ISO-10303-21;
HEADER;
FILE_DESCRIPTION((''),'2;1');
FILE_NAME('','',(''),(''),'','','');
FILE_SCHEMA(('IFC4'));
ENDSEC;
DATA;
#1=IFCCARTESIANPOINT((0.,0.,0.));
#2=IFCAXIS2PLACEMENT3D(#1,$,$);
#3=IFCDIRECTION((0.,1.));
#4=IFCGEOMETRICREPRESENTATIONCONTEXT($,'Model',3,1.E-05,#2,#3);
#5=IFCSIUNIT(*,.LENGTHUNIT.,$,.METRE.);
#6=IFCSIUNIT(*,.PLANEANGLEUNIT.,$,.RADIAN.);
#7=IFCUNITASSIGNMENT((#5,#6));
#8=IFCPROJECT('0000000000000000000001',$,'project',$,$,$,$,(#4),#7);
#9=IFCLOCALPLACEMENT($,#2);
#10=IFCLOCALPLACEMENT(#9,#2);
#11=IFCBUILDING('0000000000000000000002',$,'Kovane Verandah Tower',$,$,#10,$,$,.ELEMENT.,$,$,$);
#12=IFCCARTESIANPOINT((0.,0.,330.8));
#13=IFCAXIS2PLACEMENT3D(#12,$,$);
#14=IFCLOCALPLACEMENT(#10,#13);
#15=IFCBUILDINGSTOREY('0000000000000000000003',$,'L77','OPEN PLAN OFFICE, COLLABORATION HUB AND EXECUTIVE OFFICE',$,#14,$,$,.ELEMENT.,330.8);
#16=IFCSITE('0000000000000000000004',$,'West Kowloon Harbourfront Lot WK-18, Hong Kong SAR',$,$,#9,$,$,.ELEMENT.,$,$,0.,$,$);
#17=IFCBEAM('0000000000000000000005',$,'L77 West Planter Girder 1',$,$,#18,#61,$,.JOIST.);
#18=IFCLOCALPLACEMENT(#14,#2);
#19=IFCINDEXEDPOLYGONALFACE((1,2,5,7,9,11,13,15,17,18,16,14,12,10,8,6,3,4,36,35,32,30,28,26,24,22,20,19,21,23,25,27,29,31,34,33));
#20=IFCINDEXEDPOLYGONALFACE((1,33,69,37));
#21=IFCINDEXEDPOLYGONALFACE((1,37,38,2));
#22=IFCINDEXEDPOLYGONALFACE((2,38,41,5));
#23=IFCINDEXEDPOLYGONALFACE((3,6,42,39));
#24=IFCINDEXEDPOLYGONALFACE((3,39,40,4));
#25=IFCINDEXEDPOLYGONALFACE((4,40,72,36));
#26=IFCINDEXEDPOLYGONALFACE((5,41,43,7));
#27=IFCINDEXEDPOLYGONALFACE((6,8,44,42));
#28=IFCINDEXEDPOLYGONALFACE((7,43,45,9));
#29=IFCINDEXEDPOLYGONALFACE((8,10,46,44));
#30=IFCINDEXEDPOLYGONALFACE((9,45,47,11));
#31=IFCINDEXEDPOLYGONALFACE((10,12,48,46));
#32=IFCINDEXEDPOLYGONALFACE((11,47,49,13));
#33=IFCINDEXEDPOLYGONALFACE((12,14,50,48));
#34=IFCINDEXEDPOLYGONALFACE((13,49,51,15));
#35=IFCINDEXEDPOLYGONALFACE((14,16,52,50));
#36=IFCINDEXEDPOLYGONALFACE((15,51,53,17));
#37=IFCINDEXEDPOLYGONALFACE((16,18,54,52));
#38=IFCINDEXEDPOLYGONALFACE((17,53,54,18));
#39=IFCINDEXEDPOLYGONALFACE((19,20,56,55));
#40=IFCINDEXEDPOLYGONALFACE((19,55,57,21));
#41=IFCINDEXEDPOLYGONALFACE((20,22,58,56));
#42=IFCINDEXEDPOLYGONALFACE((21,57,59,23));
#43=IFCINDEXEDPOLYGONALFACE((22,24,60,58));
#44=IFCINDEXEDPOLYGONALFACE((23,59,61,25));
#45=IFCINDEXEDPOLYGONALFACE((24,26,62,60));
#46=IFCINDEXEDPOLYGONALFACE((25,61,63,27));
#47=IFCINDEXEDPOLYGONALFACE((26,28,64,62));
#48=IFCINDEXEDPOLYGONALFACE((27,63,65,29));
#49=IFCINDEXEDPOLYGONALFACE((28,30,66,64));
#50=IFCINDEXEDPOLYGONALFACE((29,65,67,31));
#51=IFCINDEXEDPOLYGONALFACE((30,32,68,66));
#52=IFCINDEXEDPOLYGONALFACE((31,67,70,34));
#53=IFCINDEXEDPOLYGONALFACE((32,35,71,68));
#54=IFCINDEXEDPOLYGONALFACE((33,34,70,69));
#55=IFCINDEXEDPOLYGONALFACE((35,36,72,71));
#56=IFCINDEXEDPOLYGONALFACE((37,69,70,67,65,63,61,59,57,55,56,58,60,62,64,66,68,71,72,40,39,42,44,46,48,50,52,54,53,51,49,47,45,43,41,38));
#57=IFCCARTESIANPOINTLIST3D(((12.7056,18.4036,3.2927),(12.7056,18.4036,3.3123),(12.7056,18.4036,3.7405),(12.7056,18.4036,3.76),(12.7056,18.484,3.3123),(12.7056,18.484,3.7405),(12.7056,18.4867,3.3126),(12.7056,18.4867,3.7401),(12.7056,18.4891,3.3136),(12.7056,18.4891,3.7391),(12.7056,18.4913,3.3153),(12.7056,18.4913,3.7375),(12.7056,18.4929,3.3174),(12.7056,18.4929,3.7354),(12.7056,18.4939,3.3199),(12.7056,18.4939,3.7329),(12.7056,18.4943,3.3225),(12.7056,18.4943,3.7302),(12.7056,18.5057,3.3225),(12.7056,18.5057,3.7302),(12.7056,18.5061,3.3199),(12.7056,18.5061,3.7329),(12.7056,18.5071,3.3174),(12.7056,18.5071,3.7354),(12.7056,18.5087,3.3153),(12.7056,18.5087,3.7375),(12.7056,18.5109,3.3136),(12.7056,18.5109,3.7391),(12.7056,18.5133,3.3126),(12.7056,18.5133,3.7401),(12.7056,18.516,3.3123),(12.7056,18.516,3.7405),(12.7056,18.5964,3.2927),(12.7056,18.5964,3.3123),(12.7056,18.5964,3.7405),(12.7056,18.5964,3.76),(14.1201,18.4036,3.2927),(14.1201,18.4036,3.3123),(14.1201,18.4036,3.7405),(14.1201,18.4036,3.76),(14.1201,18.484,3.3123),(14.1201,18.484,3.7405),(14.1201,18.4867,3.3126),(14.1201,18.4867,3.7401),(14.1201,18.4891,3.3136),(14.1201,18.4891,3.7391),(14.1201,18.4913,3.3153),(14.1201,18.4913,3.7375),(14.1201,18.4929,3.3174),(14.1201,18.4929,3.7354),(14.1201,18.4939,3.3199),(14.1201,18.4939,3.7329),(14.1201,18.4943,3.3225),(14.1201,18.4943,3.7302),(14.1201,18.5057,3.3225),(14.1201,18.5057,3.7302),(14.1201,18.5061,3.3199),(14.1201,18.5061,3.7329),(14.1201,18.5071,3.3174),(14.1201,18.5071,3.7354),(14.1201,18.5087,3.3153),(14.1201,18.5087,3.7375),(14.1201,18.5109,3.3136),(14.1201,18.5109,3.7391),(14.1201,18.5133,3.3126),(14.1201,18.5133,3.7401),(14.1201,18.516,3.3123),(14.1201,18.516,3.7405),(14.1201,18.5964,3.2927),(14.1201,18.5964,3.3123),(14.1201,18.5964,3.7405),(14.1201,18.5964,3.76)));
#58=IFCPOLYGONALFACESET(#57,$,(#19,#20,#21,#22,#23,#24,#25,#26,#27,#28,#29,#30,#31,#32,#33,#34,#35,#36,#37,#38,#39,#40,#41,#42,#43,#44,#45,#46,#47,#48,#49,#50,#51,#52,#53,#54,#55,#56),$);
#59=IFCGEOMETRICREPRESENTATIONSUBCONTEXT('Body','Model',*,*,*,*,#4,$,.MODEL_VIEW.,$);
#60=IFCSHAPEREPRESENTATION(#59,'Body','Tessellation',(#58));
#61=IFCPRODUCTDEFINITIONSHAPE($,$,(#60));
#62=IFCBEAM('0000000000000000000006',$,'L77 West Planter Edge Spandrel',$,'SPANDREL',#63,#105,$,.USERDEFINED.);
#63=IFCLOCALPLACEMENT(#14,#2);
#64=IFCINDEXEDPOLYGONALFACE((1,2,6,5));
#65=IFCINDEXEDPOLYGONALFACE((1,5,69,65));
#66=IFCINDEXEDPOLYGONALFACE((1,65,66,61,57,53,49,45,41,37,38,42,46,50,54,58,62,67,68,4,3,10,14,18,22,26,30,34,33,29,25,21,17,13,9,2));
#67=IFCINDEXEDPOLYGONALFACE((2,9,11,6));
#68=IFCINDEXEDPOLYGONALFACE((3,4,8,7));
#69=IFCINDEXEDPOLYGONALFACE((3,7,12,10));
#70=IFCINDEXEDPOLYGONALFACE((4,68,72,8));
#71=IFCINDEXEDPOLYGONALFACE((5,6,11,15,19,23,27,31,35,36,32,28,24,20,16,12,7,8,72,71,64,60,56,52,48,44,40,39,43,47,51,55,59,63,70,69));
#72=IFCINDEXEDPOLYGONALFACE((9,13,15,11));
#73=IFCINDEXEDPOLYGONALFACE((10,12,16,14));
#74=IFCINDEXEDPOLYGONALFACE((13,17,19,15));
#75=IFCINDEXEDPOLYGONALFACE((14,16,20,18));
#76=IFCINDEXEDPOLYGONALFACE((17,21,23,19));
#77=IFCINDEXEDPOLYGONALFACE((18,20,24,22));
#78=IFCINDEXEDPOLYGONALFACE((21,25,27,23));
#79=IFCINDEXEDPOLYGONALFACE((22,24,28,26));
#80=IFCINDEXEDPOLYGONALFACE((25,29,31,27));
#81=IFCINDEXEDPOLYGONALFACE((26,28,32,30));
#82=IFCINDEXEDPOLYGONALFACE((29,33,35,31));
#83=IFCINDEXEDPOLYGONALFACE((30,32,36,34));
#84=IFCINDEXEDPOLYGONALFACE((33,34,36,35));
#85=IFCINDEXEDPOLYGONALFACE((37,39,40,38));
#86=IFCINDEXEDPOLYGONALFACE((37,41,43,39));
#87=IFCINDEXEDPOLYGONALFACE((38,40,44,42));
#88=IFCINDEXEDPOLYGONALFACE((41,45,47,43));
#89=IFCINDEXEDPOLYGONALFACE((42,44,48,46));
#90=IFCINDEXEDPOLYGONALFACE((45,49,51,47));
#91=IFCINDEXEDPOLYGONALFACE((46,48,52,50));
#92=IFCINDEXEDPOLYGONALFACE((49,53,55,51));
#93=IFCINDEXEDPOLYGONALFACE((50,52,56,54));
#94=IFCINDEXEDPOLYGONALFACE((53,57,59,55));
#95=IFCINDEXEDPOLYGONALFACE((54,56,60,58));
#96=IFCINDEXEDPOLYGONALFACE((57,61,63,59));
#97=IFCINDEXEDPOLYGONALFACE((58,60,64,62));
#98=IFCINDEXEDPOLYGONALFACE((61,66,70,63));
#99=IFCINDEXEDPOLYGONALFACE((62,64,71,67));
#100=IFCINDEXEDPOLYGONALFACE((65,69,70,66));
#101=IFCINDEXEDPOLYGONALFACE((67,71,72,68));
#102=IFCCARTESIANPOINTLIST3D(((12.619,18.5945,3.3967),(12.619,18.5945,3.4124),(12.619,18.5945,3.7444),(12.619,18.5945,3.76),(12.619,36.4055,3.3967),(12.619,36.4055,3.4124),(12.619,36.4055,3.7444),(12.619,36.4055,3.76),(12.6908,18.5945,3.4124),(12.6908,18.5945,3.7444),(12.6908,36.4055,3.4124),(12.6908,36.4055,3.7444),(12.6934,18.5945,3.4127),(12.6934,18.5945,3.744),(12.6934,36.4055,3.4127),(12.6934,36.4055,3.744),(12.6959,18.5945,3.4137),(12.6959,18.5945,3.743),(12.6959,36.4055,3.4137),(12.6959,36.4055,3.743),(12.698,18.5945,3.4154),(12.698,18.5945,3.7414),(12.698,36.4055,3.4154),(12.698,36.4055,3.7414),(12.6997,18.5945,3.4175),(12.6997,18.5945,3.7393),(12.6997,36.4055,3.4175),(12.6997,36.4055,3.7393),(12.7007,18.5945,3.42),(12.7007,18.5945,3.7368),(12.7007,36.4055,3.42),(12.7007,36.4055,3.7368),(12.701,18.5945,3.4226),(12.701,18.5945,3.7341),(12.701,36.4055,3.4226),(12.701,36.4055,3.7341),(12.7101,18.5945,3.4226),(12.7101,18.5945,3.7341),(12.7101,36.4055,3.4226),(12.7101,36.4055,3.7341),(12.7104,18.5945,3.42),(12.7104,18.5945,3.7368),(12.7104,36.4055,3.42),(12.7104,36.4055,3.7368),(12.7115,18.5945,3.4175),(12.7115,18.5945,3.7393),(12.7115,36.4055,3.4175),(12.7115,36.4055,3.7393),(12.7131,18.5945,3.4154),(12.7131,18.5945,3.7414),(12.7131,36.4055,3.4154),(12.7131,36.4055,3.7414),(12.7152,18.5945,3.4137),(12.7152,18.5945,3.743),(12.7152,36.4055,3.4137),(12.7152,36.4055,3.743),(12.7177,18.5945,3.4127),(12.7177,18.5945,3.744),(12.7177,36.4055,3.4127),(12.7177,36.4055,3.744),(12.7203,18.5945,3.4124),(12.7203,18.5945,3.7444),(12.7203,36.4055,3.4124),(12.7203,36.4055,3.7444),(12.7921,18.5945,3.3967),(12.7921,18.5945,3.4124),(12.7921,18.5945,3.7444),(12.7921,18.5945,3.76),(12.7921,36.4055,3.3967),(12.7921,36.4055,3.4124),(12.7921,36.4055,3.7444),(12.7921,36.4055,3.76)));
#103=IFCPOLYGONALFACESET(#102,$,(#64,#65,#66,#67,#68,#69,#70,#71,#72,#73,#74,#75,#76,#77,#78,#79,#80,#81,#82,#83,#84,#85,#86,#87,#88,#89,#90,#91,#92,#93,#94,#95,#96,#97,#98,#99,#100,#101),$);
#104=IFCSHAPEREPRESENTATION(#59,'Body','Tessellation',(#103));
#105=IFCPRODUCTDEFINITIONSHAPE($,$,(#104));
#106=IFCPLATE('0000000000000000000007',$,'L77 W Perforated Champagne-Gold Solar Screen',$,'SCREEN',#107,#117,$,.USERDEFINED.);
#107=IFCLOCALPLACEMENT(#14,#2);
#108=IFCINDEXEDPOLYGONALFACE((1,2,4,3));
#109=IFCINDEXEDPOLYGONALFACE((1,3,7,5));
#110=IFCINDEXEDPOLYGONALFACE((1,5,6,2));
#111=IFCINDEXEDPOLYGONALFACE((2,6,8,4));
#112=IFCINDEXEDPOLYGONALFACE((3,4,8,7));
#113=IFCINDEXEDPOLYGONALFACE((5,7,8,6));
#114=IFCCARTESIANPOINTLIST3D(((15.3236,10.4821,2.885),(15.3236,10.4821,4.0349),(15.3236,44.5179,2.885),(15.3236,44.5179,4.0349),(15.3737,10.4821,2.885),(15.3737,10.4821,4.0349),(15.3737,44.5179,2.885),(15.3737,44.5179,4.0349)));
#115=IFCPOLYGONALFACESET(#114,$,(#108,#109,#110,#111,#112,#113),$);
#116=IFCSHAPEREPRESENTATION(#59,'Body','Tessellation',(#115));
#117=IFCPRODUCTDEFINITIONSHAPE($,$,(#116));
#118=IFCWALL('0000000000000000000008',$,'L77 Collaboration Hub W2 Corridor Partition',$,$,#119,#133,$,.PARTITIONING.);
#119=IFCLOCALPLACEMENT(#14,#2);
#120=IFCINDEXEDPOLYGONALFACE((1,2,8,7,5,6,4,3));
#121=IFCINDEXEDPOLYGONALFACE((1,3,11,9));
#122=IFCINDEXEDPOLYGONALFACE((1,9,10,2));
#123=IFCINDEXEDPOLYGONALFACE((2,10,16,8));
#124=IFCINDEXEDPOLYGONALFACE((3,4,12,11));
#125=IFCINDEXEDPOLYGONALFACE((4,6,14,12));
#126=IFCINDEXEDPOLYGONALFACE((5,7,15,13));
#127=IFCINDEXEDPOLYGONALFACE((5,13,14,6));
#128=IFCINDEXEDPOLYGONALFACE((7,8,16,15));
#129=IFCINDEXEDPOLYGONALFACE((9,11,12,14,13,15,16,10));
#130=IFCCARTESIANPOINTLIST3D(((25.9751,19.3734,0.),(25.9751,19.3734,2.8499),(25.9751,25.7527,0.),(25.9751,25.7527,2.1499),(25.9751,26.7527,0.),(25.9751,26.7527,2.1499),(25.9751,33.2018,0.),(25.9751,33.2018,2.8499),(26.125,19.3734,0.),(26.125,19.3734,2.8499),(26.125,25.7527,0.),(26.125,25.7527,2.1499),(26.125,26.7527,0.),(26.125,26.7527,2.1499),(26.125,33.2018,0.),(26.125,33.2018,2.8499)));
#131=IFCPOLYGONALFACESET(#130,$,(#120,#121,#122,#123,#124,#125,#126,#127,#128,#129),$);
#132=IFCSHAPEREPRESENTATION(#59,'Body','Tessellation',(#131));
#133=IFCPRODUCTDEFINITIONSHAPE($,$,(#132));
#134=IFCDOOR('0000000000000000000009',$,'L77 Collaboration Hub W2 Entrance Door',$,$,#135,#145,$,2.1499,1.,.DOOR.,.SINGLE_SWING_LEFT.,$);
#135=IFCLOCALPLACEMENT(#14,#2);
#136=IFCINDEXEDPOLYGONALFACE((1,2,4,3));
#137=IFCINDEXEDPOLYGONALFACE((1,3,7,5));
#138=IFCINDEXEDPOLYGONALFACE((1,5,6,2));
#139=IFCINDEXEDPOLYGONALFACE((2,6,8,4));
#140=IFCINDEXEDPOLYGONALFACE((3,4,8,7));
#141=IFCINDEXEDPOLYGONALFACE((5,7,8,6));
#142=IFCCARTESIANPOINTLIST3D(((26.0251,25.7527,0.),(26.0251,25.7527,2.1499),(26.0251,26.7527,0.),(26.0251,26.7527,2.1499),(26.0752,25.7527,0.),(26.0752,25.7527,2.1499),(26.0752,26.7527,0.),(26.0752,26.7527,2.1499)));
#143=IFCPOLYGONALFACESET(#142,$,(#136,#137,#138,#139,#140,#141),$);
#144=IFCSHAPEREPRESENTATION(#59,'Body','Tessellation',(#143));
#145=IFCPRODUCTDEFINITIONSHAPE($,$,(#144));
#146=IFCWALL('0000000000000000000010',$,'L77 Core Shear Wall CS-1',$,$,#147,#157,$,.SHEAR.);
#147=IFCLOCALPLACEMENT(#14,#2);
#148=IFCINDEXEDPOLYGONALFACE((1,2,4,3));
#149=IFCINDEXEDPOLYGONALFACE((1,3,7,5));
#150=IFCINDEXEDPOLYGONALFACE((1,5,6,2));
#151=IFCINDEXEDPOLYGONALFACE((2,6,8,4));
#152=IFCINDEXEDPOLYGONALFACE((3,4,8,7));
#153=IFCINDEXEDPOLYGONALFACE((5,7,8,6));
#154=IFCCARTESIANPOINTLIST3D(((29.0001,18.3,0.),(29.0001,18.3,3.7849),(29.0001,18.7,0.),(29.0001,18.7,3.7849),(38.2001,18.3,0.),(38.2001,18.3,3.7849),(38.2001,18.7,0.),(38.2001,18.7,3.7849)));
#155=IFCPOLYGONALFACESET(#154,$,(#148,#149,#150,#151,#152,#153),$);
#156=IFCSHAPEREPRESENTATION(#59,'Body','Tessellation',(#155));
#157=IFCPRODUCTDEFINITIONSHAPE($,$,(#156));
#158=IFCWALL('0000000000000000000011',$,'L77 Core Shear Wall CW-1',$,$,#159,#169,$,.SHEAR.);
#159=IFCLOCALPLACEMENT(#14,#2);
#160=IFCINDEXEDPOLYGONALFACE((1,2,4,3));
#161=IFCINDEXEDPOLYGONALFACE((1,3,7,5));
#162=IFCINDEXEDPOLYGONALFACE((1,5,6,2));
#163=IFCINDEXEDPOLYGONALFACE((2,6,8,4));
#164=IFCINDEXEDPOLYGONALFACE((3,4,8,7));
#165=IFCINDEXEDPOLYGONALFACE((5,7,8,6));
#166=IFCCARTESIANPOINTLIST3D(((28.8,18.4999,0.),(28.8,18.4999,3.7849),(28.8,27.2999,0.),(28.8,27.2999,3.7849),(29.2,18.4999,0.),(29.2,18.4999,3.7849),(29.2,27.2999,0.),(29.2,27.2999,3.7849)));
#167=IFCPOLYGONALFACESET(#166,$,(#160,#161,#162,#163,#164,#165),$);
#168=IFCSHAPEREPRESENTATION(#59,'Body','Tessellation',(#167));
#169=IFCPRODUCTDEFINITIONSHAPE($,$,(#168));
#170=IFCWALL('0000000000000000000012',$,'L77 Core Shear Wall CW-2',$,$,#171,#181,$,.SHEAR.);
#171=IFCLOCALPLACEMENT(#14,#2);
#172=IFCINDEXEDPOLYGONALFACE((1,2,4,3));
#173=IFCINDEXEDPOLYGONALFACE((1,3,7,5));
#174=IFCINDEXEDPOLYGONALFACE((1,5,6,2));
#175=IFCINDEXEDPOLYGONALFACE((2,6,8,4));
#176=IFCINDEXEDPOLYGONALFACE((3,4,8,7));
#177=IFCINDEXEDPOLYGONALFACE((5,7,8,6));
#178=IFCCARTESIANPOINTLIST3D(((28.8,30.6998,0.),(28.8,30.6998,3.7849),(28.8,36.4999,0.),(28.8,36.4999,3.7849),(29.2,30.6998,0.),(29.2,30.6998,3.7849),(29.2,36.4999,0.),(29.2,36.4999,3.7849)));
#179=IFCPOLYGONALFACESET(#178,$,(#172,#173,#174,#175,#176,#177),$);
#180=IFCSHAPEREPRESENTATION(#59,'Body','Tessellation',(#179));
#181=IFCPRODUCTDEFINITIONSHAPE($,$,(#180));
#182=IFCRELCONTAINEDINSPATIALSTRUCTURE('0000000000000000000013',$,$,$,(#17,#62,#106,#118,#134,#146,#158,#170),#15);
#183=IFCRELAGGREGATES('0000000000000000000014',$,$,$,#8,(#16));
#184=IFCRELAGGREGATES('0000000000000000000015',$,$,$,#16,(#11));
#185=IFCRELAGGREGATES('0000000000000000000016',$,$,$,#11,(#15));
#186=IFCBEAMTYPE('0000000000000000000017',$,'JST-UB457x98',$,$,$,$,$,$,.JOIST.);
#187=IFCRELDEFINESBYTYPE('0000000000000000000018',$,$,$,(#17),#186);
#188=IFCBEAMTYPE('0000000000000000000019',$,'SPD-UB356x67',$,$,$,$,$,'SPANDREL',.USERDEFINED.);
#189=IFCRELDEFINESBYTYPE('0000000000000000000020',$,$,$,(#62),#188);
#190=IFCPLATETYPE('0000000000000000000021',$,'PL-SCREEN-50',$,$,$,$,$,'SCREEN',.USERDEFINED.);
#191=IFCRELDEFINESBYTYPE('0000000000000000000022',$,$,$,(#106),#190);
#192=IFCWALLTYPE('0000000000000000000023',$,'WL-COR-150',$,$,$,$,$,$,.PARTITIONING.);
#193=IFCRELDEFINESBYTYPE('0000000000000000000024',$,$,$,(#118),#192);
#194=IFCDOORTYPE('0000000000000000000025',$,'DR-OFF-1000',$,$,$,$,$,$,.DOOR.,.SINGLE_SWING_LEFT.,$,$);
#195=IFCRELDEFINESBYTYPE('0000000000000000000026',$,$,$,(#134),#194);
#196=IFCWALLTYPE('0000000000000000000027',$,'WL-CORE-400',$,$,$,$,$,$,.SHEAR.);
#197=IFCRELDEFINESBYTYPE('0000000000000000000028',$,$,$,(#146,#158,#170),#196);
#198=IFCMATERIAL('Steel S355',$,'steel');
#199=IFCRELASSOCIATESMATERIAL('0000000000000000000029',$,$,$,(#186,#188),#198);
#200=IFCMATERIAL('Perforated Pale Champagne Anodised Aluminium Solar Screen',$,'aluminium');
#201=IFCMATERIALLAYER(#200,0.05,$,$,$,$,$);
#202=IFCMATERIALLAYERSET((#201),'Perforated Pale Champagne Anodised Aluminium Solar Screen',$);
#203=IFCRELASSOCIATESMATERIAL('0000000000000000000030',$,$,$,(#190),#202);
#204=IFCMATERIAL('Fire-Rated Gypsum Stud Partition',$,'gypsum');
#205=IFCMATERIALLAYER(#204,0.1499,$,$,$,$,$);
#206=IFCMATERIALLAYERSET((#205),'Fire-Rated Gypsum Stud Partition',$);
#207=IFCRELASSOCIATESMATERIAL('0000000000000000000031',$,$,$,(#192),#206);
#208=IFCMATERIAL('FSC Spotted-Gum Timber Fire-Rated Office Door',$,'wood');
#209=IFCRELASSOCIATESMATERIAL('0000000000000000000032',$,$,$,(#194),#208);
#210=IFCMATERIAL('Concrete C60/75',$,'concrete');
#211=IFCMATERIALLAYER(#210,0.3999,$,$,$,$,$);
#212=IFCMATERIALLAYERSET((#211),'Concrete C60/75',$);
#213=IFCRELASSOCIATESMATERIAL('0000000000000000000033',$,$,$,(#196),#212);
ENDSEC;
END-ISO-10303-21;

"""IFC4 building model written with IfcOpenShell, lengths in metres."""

from ifc_helpers import new_model, si_unit, direction, frame, frame_2d, origin, origin_2d, place, context, subcontext, project, spatial, rectangle, i_section, extrude, material, layer, layer_set, material_profile, profile_set, type_object, element, fill, save


model = new_model("IFC4")

# Units and contexts
model_context = context("Model", 3, precision=1e-05, world=origin(), true_north=direction((0.0, 1.0)))
body_context = subcontext(model_context, "Body", "Model", "MODEL_VIEW")
ifc_project = project(units=[si_unit("LENGTHUNIT", "METRE"), si_unit("PLANEANGLEUNIT", "RADIAN")], contexts=[model_context])

# Site, building, storey
site_placement = place(None, origin())
site = spatial("IfcSite", under=ifc_project, at=site_placement, Name="West Kowloon Harbourfront Lot WK-18, Hong Kong SAR", CompositionType="ELEMENT", RefElevation=0.0)
building_placement = place(site_placement, origin())
building = spatial("IfcBuilding", under=site, at=building_placement, Name="Kovane Verandah Tower", CompositionType="ELEMENT")
storey_placement = place(building_placement, frame((0.0, 0.0, 330.8)))
storey = spatial("IfcBuildingStorey", under=building, at=storey_placement, Name="L77", Description="OPEN PLAN OFFICE, COLLABORATION HUB AND EXECUTIVE OFFICE", CompositionType="ELEMENT", Elevation=330.8)

# Shared definitions
ifc_material_1 = material(Name="Concrete C60/75", Category="concrete")

# Beams
ifc_material_2 = material(Name="Steel S355", Category="steel")
ifc_material_profile_1 = material_profile(ifc_material_2, i_section(OverallWidth=0.1929, OverallDepth=0.4673, WebThickness=0.0115, FlangeThickness=0.0195, FilletRadius=0.0103, at=origin_2d()), Name="UB457x191x98")
ifc_profile_set_1 = profile_set([ifc_material_profile_1], Name="Steel S355")
beam_type_1 = type_object("IfcBeamType", Name="JST-UB457x98", PredefinedType="JOIST", material=ifc_profile_set_1)
beam_1_placement = place(storey_placement, frame((14.1201, 18.5, 3.5264), z_axis=(-1.0, 0.0, 0.0), x_axis=(0.0, -1.0, 0.0)))
element("IfcBeam", 1, at=beam_1_placement, inside=storey, type_object=beam_type_1, Name="L77 West Planter Girder 1", PredefinedType="JOIST", context=body_context, shape_type="SweptSolid", body=[
    extrude(i_section(OverallWidth=0.1929, OverallDepth=0.4673, WebThickness=0.0115, FlangeThickness=0.0195, FilletRadius=0.0103, at=origin_2d()), origin(), (0.0, 0.0, 1.0), 1.4146),
])
ifc_material_profile_2 = material_profile(ifc_material_2, i_section(OverallWidth=0.1731, OverallDepth=0.3633, WebThickness=0.009, FlangeThickness=0.0156, FilletRadius=0.0103, at=origin_2d()), Name="UB356x171x67")
ifc_profile_set_2 = profile_set([ifc_material_profile_2], Name="Steel S355")
beam_type_2 = type_object("IfcBeamType", Name="SPD-UB356x67", ElementType="SPANDREL", PredefinedType="USERDEFINED", material=ifc_profile_set_2)
beam_2_placement = place(storey_placement, frame((12.7056, 18.5945, 3.5784), z_axis=(0.0, 1.0, 0.0), x_axis=(-1.0, 0.0, 0.0)))
element("IfcBeam", 2, at=beam_2_placement, inside=storey, type_object=beam_type_2, Name="L77 West Planter Edge Spandrel", ObjectType="SPANDREL", PredefinedType="USERDEFINED", context=body_context, shape_type="SweptSolid", body=[
    extrude(i_section(OverallWidth=0.1731, OverallDepth=0.3633, WebThickness=0.009, FlangeThickness=0.0156, FilletRadius=0.0103, at=origin_2d()), origin(), (0.0, 0.0, 1.0), 17.811),
])

# Plate
ifc_material_3 = material(Name="Perforated Pale Champagne Anodised Aluminium Solar Screen", Category="aluminium")
ifc_layer_1 = layer(ifc_material_3, 0.05)
ifc_layer_set_1 = layer_set([ifc_layer_1], Name="Perforated Pale Champagne Anodised Aluminium Solar Screen")
plate_type = type_object("IfcPlateType", Name="PL-SCREEN-50", ElementType="SCREEN", PredefinedType="USERDEFINED", material=ifc_layer_set_1)
plate_placement = place(storey_placement, frame((15.3486, 27.5, 2.885), z_axis=(0.0, 0.0, 1.0), x_axis=(0.0, -1.0, 0.0)))
element("IfcPlate", 3, at=plate_placement, inside=storey, type_object=plate_type, Name="L77 W Perforated Champagne-Gold Solar Screen", ObjectType="SCREEN", PredefinedType="USERDEFINED", context=body_context, shape_type="SweptSolid", body=[
    extrude(rectangle(XDim=34.0359, YDim=0.05, at=origin_2d()), origin(), (0.0, 0.0, 1.0), 1.1499),
])

# Wall, opening, door
ifc_material_4 = material(Name="Fire-Rated Gypsum Stud Partition", Category="gypsum")
ifc_layer_2 = layer(ifc_material_4, 0.1499)
ifc_layer_set_2 = layer_set([ifc_layer_2], Name="Fire-Rated Gypsum Stud Partition")
wall_type_1 = type_object("IfcWallType", Name="WL-COR-150", PredefinedType="PARTITIONING", material=ifc_layer_set_2)
wall_1_placement = place(storey_placement, frame((26.05, 19.3735, 0.0), z_axis=(0.0, 0.0, 1.0), x_axis=(0.0, 1.0, 0.0)))
wall_1 = element("IfcWall", 4, at=wall_1_placement, inside=storey, type_object=wall_type_1, Name="L77 Collaboration Hub W2 Corridor Partition", PredefinedType="PARTITIONING", context=body_context, shape_type="SweptSolid", body=[
    extrude(rectangle(XDim=13.8284, YDim=0.1499, at=frame_2d((6.9141, 0.0))), origin(), (0.0, 0.0, 1.0), 2.8499),
])
opening_1_placement = place(wall_1_placement, frame((6.3792, 0.0, 0.0)))
opening_1 = element("IfcOpeningElement", 5, at=opening_1_placement, cuts=wall_1, PredefinedType="OPENING", context=body_context, shape_type="SweptSolid", body=[
    extrude(rectangle(XDim=1.0, YDim=2.1499, at=frame_2d((0.5, 1.075))), frame((0.0, 0.075, 0.0), z_axis=(0.0, -1.0, 0.0), x_axis=(1.0, 0.0, 0.0)), (0.0, 0.0, 1.0), 0.1499),
])
ifc_material_5 = material(Name="FSC Spotted-Gum Timber Fire-Rated Office Door", Category="wood")
door_type_1 = type_object("IfcDoorType", Name="DR-OFF-1000", OperationType="SINGLE_SWING_LEFT", PredefinedType="DOOR", material=ifc_material_5)
door_1_placement = place(opening_1_placement, origin())
door_1 = element("IfcDoor", 6, at=door_1_placement, inside=storey, type_object=door_type_1, Name="L77 Collaboration Hub W2 Entrance Door", OperationType="SINGLE_SWING_LEFT", OverallHeight=2.1499, OverallWidth=1.0, PredefinedType="DOOR", context=body_context, shape_type="SweptSolid", body=[
    extrude(rectangle(XDim=1.0, YDim=2.1499, at=frame_2d((0.5, 1.075))), frame((0.0, 0.0249, 0.0), z_axis=(0.0, -1.0, 0.0), x_axis=(1.0, 0.0, 0.0)), (0.0, 0.0, 1.0), 0.05),
])
fill(opening_1, door_1)

# Walls
ifc_layer_3 = layer(ifc_material_1, 0.3999)
ifc_layer_set_3 = layer_set([ifc_layer_3], Name="Concrete C60/75")
wall_type_2 = type_object("IfcWallType", Name="WL-CORE-400", PredefinedType="SHEAR", material=ifc_layer_set_3)
wall_2_placement = place(storey_placement, frame((29.0, 18.5, 0.0), z_axis=(0.0, 0.0, 1.0), x_axis=(1.0, 0.0, 0.0)))
element("IfcWall", 7, at=wall_2_placement, inside=storey, type_object=wall_type_2, Name="L77 Core Shear Wall CS-1", PredefinedType="SHEAR", context=body_context, shape_type="SweptSolid", body=[
    extrude(rectangle(XDim=9.2, YDim=0.3999, at=frame_2d((4.6001, 0.0))), origin(), (0.0, 0.0, 1.0), 3.7849),
])
wall_3_placement = place(storey_placement, frame((29.0, 18.5, 0.0), z_axis=(0.0, 0.0, 1.0), x_axis=(0.0, 1.0, 0.0)))
element("IfcWall", 8, at=wall_3_placement, inside=storey, type_object=wall_type_2, Name="L77 Core Shear Wall CW-1", PredefinedType="SHEAR", context=body_context, shape_type="SweptSolid", body=[
    extrude(rectangle(XDim=8.8, YDim=0.3999, at=frame_2d((4.3999, 0.0))), origin(), (0.0, 0.0, 1.0), 3.7849),
])
wall_4_placement = place(storey_placement, frame((29.0, 30.7, 0.0), z_axis=(0.0, 0.0, 1.0), x_axis=(0.0, 1.0, 0.0)))
element("IfcWall", 9, at=wall_4_placement, inside=storey, type_object=wall_type_2, Name="L77 Core Shear Wall CW-2", PredefinedType="SHEAR", context=body_context, shape_type="SweptSolid", body=[
    extrude(rectangle(XDim=5.8, YDim=0.3999, at=frame_2d((2.8999, 0.0))), origin(), (0.0, 0.0, 1.0), 3.7849),
])

save(model, "model.ifc")
